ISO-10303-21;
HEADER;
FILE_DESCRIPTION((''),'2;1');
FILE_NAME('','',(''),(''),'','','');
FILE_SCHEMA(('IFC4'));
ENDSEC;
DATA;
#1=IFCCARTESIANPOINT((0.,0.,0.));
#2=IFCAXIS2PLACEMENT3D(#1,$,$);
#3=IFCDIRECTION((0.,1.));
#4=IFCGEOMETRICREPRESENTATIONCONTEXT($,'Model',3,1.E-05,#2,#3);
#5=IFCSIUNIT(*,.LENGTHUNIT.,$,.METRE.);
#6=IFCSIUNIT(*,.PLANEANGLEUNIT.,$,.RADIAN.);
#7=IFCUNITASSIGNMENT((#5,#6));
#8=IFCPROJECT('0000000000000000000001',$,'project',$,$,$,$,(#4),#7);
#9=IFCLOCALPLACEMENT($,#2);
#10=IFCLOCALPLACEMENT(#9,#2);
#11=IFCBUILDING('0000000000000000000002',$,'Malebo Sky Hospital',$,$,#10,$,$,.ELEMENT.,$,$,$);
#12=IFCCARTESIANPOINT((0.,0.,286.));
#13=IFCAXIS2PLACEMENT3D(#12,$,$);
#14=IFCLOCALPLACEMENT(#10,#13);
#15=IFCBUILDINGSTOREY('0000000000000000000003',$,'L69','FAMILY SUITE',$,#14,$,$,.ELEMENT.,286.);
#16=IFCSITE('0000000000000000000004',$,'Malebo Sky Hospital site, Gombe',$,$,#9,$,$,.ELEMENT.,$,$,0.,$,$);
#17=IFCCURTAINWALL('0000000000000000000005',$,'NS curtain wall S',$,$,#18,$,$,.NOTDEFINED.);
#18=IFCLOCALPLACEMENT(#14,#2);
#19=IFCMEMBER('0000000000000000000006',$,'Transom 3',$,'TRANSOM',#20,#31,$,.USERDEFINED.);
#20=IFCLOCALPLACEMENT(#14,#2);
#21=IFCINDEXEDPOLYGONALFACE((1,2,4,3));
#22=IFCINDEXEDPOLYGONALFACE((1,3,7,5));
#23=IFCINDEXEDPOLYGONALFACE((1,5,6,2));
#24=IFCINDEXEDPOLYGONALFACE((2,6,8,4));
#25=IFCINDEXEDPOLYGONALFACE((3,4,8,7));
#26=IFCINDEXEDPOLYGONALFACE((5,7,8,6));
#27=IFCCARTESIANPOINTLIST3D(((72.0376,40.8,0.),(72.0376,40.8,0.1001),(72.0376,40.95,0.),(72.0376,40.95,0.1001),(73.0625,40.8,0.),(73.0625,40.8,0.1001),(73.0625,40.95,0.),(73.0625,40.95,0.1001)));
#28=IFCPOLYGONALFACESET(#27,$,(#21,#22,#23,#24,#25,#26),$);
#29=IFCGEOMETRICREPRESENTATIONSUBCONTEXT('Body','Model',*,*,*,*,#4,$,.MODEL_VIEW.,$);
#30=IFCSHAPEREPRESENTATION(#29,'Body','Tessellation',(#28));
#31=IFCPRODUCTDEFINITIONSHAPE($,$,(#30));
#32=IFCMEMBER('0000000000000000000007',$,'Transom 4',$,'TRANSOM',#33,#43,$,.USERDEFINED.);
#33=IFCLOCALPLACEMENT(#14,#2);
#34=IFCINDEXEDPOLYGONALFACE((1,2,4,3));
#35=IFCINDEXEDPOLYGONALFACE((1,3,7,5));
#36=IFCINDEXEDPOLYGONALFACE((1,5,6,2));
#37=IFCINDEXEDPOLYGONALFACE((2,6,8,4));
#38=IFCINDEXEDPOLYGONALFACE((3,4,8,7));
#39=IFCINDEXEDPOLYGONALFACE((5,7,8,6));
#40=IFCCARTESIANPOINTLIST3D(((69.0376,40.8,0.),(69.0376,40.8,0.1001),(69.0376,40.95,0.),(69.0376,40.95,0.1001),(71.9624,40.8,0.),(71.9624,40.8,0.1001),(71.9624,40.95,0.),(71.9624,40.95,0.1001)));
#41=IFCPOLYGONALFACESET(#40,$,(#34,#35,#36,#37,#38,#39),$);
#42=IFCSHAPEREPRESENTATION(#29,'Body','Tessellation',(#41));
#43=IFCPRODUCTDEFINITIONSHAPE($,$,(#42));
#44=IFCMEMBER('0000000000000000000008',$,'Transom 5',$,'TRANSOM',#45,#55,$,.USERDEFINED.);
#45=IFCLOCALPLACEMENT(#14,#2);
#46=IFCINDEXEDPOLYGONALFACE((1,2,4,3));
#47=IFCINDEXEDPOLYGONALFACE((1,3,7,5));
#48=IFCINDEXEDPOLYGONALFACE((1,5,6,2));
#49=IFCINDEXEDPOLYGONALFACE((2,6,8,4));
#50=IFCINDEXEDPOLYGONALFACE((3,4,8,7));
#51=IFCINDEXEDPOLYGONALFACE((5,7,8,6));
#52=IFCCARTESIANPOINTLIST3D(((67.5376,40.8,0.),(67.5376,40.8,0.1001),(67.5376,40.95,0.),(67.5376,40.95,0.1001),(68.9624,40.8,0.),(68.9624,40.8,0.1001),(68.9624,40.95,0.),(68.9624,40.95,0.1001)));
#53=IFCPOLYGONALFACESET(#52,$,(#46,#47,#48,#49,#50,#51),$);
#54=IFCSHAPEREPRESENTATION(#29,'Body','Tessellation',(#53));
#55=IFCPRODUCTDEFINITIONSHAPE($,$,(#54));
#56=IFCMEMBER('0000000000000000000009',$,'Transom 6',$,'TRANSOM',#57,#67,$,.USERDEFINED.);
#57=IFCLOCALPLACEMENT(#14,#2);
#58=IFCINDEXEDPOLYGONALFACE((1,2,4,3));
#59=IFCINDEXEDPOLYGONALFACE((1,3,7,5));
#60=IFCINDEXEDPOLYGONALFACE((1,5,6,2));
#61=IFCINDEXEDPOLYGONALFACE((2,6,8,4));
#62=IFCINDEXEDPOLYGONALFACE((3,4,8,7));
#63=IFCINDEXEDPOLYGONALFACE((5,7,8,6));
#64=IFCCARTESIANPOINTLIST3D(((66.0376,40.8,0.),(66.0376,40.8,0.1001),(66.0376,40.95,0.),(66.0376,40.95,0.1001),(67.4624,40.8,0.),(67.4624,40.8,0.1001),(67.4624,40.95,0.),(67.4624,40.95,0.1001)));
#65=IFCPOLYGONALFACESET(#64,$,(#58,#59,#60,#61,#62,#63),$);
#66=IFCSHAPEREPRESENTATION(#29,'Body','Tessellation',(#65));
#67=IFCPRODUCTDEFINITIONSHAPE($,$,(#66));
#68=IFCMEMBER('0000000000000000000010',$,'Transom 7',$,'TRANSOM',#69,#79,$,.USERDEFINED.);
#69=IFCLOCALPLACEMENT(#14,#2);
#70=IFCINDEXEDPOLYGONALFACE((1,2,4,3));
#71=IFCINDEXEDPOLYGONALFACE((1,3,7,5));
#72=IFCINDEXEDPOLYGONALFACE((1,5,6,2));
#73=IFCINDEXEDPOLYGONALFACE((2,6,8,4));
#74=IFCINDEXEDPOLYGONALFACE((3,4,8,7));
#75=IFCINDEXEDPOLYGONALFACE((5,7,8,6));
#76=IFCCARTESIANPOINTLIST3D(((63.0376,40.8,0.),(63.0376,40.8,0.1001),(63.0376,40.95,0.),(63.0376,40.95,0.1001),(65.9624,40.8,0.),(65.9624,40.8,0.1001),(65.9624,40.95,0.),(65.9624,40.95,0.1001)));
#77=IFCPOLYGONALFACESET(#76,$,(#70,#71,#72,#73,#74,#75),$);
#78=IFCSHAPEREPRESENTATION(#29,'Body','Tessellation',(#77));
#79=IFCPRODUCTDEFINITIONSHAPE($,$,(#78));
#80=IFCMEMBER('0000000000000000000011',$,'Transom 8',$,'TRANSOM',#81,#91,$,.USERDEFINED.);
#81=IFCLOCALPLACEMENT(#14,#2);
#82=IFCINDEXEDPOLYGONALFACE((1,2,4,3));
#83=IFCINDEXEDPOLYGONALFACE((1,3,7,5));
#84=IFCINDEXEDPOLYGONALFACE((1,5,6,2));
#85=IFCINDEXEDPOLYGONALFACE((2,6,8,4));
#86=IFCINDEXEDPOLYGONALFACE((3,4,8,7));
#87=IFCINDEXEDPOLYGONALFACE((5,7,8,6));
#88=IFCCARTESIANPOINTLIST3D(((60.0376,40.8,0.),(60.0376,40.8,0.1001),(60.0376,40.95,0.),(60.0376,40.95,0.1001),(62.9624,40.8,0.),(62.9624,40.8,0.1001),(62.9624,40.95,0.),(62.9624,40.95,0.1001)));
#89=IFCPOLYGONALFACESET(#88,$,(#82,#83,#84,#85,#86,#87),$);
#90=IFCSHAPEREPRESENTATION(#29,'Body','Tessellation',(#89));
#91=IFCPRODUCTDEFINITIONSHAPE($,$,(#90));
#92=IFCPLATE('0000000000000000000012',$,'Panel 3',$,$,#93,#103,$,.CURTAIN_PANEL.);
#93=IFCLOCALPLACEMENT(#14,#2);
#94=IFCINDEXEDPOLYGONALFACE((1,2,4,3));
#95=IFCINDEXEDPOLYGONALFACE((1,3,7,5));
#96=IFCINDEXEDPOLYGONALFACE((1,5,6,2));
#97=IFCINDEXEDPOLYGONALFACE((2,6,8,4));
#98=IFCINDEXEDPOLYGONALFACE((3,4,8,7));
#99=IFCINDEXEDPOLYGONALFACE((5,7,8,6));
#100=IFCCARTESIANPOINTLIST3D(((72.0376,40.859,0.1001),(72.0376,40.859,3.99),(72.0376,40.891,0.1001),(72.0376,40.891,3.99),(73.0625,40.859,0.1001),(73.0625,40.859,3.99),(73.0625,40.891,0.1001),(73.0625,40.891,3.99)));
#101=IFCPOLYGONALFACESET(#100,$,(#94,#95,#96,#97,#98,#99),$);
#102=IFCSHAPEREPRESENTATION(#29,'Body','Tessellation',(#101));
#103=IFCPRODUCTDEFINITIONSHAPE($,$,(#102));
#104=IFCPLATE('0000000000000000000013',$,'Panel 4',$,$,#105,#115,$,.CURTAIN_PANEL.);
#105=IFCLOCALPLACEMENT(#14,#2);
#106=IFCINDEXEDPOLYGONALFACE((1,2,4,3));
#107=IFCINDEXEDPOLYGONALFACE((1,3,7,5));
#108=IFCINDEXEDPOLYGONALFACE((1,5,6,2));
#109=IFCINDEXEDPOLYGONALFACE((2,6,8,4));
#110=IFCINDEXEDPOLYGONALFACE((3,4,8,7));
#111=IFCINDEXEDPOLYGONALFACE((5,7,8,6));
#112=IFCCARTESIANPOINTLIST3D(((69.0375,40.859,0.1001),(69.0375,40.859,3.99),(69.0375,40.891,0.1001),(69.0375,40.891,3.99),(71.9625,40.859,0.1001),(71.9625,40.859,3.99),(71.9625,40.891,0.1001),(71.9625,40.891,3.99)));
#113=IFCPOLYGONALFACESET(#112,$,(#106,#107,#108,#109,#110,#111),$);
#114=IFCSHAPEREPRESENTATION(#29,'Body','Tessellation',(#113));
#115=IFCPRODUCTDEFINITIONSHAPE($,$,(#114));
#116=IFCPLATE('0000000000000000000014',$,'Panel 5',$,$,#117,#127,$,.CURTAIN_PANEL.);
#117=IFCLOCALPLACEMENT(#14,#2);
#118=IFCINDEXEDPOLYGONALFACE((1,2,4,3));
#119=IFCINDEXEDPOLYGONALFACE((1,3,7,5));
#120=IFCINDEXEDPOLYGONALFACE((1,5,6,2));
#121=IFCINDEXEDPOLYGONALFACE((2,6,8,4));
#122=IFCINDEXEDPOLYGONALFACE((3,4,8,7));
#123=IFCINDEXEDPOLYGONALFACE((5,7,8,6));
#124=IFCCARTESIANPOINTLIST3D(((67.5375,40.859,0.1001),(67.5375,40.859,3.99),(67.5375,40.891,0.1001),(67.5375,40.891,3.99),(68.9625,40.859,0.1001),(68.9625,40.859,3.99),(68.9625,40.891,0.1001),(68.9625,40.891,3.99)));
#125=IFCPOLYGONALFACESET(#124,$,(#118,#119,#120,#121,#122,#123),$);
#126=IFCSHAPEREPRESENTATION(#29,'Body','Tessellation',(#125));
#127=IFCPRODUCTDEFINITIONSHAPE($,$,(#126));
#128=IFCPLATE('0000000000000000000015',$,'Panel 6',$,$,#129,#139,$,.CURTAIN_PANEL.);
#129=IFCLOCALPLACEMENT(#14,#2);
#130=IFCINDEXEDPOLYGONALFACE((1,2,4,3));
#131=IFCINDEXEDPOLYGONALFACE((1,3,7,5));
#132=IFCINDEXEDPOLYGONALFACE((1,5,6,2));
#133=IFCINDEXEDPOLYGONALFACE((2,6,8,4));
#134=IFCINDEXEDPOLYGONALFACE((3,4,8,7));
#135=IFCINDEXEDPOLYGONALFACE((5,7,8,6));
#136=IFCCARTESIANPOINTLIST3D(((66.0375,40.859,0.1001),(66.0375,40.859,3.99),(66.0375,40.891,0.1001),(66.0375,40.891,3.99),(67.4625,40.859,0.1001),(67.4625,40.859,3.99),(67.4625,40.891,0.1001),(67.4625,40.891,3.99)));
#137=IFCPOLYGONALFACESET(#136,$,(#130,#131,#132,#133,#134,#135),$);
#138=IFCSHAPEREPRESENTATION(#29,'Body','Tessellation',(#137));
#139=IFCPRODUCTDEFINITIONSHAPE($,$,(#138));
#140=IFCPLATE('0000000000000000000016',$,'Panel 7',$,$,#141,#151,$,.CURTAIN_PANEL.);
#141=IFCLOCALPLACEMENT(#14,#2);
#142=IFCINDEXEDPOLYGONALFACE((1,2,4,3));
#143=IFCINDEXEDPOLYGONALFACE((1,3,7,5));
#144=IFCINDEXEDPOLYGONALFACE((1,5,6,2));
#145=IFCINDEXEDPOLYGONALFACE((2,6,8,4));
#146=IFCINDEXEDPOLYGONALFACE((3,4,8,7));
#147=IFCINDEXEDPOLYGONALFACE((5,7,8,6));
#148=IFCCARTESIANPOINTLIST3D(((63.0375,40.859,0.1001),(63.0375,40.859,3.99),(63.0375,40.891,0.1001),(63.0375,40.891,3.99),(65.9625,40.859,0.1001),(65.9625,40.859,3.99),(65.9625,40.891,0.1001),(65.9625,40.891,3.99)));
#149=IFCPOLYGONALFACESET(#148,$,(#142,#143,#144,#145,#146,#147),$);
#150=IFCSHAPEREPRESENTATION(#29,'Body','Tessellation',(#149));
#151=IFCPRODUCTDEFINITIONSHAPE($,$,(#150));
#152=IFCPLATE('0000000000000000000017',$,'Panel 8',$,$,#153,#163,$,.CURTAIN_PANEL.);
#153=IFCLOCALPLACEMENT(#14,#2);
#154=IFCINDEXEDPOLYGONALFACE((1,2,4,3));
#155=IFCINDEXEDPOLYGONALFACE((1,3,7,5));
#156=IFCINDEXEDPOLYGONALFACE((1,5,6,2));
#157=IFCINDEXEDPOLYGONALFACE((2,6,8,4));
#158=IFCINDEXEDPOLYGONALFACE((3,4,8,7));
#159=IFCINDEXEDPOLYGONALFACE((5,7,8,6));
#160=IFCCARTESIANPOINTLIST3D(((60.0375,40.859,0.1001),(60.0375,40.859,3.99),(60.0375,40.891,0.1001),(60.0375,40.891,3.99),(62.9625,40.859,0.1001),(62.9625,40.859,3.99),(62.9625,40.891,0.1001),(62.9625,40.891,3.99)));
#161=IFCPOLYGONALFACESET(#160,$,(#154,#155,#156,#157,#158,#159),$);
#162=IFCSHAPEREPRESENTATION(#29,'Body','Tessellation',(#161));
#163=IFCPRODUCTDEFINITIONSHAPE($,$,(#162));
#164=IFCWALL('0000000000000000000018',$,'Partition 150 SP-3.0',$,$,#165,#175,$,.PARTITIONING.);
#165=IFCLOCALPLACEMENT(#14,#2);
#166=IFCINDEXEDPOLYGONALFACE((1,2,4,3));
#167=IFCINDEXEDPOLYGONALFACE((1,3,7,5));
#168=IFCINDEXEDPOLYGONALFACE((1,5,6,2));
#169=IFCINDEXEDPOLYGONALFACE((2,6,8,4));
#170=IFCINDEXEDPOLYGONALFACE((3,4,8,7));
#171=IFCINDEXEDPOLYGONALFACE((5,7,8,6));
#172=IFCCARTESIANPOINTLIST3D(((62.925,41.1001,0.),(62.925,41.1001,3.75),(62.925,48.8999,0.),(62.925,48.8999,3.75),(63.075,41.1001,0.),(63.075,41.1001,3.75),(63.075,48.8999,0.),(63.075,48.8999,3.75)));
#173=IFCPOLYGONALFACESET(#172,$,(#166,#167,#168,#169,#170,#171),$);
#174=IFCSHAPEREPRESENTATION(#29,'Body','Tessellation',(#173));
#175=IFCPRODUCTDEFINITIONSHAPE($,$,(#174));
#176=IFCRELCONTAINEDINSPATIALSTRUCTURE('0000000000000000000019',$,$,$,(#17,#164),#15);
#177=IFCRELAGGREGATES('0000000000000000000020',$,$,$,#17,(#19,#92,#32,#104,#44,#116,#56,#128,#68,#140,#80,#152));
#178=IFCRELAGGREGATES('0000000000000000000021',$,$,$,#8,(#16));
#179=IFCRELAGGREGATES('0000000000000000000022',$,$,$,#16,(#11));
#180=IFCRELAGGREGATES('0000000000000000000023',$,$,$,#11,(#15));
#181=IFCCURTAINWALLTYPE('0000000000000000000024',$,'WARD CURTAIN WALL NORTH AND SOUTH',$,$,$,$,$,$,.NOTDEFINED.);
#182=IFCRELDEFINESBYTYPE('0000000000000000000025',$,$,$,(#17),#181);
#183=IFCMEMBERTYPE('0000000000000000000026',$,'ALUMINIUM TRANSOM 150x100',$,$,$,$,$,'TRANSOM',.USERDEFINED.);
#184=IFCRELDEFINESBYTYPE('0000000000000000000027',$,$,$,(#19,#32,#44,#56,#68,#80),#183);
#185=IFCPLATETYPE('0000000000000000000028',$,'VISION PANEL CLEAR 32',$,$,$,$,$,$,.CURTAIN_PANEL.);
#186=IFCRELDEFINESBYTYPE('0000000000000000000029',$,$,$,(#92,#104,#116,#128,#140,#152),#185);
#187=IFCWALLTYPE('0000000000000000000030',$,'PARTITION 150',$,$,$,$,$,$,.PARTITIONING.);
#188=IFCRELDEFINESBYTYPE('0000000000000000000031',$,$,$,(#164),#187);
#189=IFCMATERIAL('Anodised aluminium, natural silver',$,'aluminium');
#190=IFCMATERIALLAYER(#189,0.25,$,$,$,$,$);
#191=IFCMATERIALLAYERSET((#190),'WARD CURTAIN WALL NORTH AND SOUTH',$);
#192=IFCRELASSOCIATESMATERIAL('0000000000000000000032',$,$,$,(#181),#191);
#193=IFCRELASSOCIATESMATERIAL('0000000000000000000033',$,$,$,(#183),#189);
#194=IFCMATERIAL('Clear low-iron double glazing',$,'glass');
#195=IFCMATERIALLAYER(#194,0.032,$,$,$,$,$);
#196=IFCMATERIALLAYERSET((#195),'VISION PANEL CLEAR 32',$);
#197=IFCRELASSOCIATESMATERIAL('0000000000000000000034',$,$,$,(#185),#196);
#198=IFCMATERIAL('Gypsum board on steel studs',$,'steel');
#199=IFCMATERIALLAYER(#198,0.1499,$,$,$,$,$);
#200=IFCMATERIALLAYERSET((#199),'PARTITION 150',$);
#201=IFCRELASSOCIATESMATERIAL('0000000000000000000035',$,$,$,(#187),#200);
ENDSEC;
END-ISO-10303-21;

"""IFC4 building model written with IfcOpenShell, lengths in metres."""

from ifc_helpers import new_model, si_unit, direction, frame, frame_2d, origin, origin_2d, place, context, subcontext, project, spatial, rectangle, extrude, material, layer, layer_set, material_profile, profile_set, type_object, element, aggregate, save


model = new_model("IFC4")

# Units and contexts
model_context = context("Model", 3, precision=1e-05, world=origin(), true_north=direction((0.0, 1.0)))
body_context = subcontext(model_context, "Body", "Model", "MODEL_VIEW")
ifc_project = project(units=[si_unit("LENGTHUNIT", "METRE"), si_unit("PLANEANGLEUNIT", "RADIAN")], contexts=[model_context])

# Site, building, storey
site_placement = place(None, origin())
site = spatial("IfcSite", under=ifc_project, at=site_placement, Name="Malebo Sky Hospital site, Gombe", CompositionType="ELEMENT", RefElevation=0.0)
building_placement = place(site_placement, origin())
building = spatial("IfcBuilding", under=site, at=building_placement, Name="Malebo Sky Hospital", CompositionType="ELEMENT")
storey_placement = place(building_placement, frame((0.0, 0.0, 286.0)))
storey = spatial("IfcBuildingStorey", under=building, at=storey_placement, Name="L69", Description="FAMILY SUITE", CompositionType="ELEMENT", Elevation=286.0)

# Curtain wall, members, plates
ifc_material_1 = material(Name="Anodised aluminium, natural silver", Category="aluminium")
ifc_layer_1 = layer(ifc_material_1, 0.25)
ifc_layer_set_1 = layer_set([ifc_layer_1], Name="WARD CURTAIN WALL NORTH AND SOUTH")
curtain_wall_type = type_object("IfcCurtainWallType", Name="WARD CURTAIN WALL NORTH AND SOUTH", PredefinedType="NOTDEFINED", material=ifc_layer_set_1)
curtain_wall_placement = place(storey_placement, origin())
curtain_wall = element("IfcCurtainWall", 1, at=curtain_wall_placement, inside=storey, type_object=curtain_wall_type, Name="NS curtain wall S", PredefinedType="NOTDEFINED")
ifc_material_profile = material_profile(ifc_material_1, rectangle(XDim=0.1499, YDim=0.1001, at=origin_2d()), Name="ALUMINIUM TRANSOM 150x100")
ifc_profile_set = profile_set([ifc_material_profile], Name="Anodised aluminium, natural silver")
member_type = type_object("IfcMemberType", Name="ALUMINIUM TRANSOM 150x100", ElementType="TRANSOM", PredefinedType="USERDEFINED", material=ifc_profile_set)
member_1_placement = place(storey_placement, frame((73.0625, 40.875, 0.05), z_axis=(-1.0, 0.0, 0.0), x_axis=(0.0, -1.0, 0.0)))
member_1 = element("IfcMember", 2, at=member_1_placement, type_object=member_type, Name="Transom 3", ObjectType="TRANSOM", PredefinedType="USERDEFINED", context=body_context, shape_type="SweptSolid", body=[
    extrude(rectangle(XDim=0.1499, YDim=0.1001, at=origin_2d()), origin(), (0.0, 0.0, 1.0), 1.0249),
])
member_2_placement = place(storey_placement, frame((71.9624, 40.875, 0.05), z_axis=(-1.0, 0.0, 0.0), x_axis=(0.0, -1.0, 0.0)))
member_2 = element("IfcMember", 3, at=member_2_placement, type_object=member_type, Name="Transom 4", ObjectType="TRANSOM", PredefinedType="USERDEFINED", context=body_context, shape_type="SweptSolid", body=[
    extrude(rectangle(XDim=0.1499, YDim=0.1001, at=origin_2d()), origin(), (0.0, 0.0, 1.0), 2.9248),
])
member_3_placement = place(storey_placement, frame((68.9624, 40.875, 0.05), z_axis=(-1.0, 0.0, 0.0), x_axis=(0.0, -1.0, 0.0)))
member_3 = element("IfcMember", 4, at=member_3_placement, type_object=member_type, Name="Transom 5", ObjectType="TRANSOM", PredefinedType="USERDEFINED", context=body_context, shape_type="SweptSolid", body=[
    extrude(rectangle(XDim=0.1499, YDim=0.1001, at=origin_2d()), origin(), (0.0, 0.0, 1.0), 1.4248),
])
member_4_placement = place(storey_placement, frame((67.4624, 40.875, 0.05), z_axis=(-1.0, 0.0, 0.0), x_axis=(0.0, -1.0, 0.0)))
member_4 = element("IfcMember", 5, at=member_4_placement, type_object=member_type, Name="Transom 6", ObjectType="TRANSOM", PredefinedType="USERDEFINED", context=body_context, shape_type="SweptSolid", body=[
    extrude(rectangle(XDim=0.1499, YDim=0.1001, at=origin_2d()), origin(), (0.0, 0.0, 1.0), 1.4248),
])
member_5_placement = place(storey_placement, frame((65.9624, 40.875, 0.05), z_axis=(-1.0, 0.0, 0.0), x_axis=(0.0, -1.0, 0.0)))
member_5 = element("IfcMember", 6, at=member_5_placement, type_object=member_type, Name="Transom 7", ObjectType="TRANSOM", PredefinedType="USERDEFINED", context=body_context, shape_type="SweptSolid", body=[
    extrude(rectangle(XDim=0.1499, YDim=0.1001, at=origin_2d()), origin(), (0.0, 0.0, 1.0), 2.9248),
])
member_6_placement = place(storey_placement, frame((62.9624, 40.875, 0.05), z_axis=(-1.0, 0.0, 0.0), x_axis=(0.0, -1.0, 0.0)))
member_6 = element("IfcMember", 7, at=member_6_placement, type_object=member_type, Name="Transom 8", ObjectType="TRANSOM", PredefinedType="USERDEFINED", context=body_context, shape_type="SweptSolid", body=[
    extrude(rectangle(XDim=0.1499, YDim=0.1001, at=origin_2d()), origin(), (0.0, 0.0, 1.0), 2.9248),
])
ifc_material_2 = material(Name="Clear low-iron double glazing", Category="glass")
ifc_layer_2 = layer(ifc_material_2, 0.032)
ifc_layer_set_2 = layer_set([ifc_layer_2], Name="VISION PANEL CLEAR 32")
plate_type = type_object("IfcPlateType", Name="VISION PANEL CLEAR 32", PredefinedType="CURTAIN_PANEL", material=ifc_layer_set_2)
plate_1_placement = place(storey_placement, frame((72.55, 40.875, 0.1001), z_axis=(0.0, 0.0, 1.0), x_axis=(-1.0, 0.0, 0.0)))
plate_1 = element("IfcPlate", 8, at=plate_1_placement, type_object=plate_type, Name="Panel 3", PredefinedType="CURTAIN_PANEL", context=body_context, shape_type="SweptSolid", body=[
    extrude(rectangle(XDim=1.0249, YDim=0.032, at=origin_2d()), origin(), (0.0, 0.0, 1.0), 3.8899),
])
plate_2_placement = place(storey_placement, frame((70.5, 40.875, 0.1001), z_axis=(0.0, 0.0, 1.0), x_axis=(-1.0, 0.0, 0.0)))
plate_2 = element("IfcPlate", 9, at=plate_2_placement, type_object=plate_type, Name="Panel 4", PredefinedType="CURTAIN_PANEL", context=body_context, shape_type="SweptSolid", body=[
    extrude(rectangle(XDim=2.925, YDim=0.032, at=origin_2d()), origin(), (0.0, 0.0, 1.0), 3.8899),
])
plate_3_placement = place(storey_placement, frame((68.25, 40.875, 0.1001), z_axis=(0.0, 0.0, 1.0), x_axis=(-1.0, 0.0, 0.0)))
plate_3 = element("IfcPlate", 10, at=plate_3_placement, type_object=plate_type, Name="Panel 5", PredefinedType="CURTAIN_PANEL", context=body_context, shape_type="SweptSolid", body=[
    extrude(rectangle(XDim=1.425, YDim=0.032, at=origin_2d()), origin(), (0.0, 0.0, 1.0), 3.8899),
])
plate_4_placement = place(storey_placement, frame((66.75, 40.875, 0.1001), z_axis=(0.0, 0.0, 1.0), x_axis=(-1.0, 0.0, 0.0)))
plate_4 = element("IfcPlate", 11, at=plate_4_placement, type_object=plate_type, Name="Panel 6", PredefinedType="CURTAIN_PANEL", context=body_context, shape_type="SweptSolid", body=[
    extrude(rectangle(XDim=1.425, YDim=0.032, at=origin_2d()), origin(), (0.0, 0.0, 1.0), 3.8899),
])
plate_5_placement = place(storey_placement, frame((64.5, 40.875, 0.1001), z_axis=(0.0, 0.0, 1.0), x_axis=(-1.0, 0.0, 0.0)))
plate_5 = element("IfcPlate", 12, at=plate_5_placement, type_object=plate_type, Name="Panel 7", PredefinedType="CURTAIN_PANEL", context=body_context, shape_type="SweptSolid", body=[
    extrude(rectangle(XDim=2.925, YDim=0.032, at=origin_2d()), origin(), (0.0, 0.0, 1.0), 3.8899),
])
plate_6_placement = place(storey_placement, frame((61.5, 40.875, 0.1001), z_axis=(0.0, 0.0, 1.0), x_axis=(-1.0, 0.0, 0.0)))
plate_6 = element("IfcPlate", 13, at=plate_6_placement, type_object=plate_type, Name="Panel 8", PredefinedType="CURTAIN_PANEL", context=body_context, shape_type="SweptSolid", body=[
    extrude(rectangle(XDim=2.925, YDim=0.032, at=origin_2d()), origin(), (0.0, 0.0, 1.0), 3.8899),
])
aggregate(curtain_wall, [member_1, plate_1, member_2, plate_2, member_3, plate_3, member_4, plate_4, member_5, plate_5, member_6, plate_6])

# Wall
ifc_material_3 = material(Name="Gypsum board on steel studs", Category="steel")
ifc_layer_3 = layer(ifc_material_3, 0.1499)
ifc_layer_set_3 = layer_set([ifc_layer_3], Name="PARTITION 150")
wall_type = type_object("IfcWallType", Name="PARTITION 150", PredefinedType="PARTITIONING", material=ifc_layer_set_3)
wall_1_placement = place(storey_placement, frame((63.0, 48.8999, 0.0), z_axis=(0.0, 0.0, 1.0), x_axis=(0.0, -1.0, 0.0)))
element("IfcWall", 14, at=wall_1_placement, inside=storey, type_object=wall_type, Name="Partition 150 SP-3.0", PredefinedType="PARTITIONING", context=body_context, shape_type="SweptSolid", body=[
    extrude(rectangle(XDim=7.7998, YDim=0.1499, at=frame_2d((3.8999, 0.0))), origin(), (0.0, 0.0, 1.0), 3.75),
])

save(model, "model.ifc")
